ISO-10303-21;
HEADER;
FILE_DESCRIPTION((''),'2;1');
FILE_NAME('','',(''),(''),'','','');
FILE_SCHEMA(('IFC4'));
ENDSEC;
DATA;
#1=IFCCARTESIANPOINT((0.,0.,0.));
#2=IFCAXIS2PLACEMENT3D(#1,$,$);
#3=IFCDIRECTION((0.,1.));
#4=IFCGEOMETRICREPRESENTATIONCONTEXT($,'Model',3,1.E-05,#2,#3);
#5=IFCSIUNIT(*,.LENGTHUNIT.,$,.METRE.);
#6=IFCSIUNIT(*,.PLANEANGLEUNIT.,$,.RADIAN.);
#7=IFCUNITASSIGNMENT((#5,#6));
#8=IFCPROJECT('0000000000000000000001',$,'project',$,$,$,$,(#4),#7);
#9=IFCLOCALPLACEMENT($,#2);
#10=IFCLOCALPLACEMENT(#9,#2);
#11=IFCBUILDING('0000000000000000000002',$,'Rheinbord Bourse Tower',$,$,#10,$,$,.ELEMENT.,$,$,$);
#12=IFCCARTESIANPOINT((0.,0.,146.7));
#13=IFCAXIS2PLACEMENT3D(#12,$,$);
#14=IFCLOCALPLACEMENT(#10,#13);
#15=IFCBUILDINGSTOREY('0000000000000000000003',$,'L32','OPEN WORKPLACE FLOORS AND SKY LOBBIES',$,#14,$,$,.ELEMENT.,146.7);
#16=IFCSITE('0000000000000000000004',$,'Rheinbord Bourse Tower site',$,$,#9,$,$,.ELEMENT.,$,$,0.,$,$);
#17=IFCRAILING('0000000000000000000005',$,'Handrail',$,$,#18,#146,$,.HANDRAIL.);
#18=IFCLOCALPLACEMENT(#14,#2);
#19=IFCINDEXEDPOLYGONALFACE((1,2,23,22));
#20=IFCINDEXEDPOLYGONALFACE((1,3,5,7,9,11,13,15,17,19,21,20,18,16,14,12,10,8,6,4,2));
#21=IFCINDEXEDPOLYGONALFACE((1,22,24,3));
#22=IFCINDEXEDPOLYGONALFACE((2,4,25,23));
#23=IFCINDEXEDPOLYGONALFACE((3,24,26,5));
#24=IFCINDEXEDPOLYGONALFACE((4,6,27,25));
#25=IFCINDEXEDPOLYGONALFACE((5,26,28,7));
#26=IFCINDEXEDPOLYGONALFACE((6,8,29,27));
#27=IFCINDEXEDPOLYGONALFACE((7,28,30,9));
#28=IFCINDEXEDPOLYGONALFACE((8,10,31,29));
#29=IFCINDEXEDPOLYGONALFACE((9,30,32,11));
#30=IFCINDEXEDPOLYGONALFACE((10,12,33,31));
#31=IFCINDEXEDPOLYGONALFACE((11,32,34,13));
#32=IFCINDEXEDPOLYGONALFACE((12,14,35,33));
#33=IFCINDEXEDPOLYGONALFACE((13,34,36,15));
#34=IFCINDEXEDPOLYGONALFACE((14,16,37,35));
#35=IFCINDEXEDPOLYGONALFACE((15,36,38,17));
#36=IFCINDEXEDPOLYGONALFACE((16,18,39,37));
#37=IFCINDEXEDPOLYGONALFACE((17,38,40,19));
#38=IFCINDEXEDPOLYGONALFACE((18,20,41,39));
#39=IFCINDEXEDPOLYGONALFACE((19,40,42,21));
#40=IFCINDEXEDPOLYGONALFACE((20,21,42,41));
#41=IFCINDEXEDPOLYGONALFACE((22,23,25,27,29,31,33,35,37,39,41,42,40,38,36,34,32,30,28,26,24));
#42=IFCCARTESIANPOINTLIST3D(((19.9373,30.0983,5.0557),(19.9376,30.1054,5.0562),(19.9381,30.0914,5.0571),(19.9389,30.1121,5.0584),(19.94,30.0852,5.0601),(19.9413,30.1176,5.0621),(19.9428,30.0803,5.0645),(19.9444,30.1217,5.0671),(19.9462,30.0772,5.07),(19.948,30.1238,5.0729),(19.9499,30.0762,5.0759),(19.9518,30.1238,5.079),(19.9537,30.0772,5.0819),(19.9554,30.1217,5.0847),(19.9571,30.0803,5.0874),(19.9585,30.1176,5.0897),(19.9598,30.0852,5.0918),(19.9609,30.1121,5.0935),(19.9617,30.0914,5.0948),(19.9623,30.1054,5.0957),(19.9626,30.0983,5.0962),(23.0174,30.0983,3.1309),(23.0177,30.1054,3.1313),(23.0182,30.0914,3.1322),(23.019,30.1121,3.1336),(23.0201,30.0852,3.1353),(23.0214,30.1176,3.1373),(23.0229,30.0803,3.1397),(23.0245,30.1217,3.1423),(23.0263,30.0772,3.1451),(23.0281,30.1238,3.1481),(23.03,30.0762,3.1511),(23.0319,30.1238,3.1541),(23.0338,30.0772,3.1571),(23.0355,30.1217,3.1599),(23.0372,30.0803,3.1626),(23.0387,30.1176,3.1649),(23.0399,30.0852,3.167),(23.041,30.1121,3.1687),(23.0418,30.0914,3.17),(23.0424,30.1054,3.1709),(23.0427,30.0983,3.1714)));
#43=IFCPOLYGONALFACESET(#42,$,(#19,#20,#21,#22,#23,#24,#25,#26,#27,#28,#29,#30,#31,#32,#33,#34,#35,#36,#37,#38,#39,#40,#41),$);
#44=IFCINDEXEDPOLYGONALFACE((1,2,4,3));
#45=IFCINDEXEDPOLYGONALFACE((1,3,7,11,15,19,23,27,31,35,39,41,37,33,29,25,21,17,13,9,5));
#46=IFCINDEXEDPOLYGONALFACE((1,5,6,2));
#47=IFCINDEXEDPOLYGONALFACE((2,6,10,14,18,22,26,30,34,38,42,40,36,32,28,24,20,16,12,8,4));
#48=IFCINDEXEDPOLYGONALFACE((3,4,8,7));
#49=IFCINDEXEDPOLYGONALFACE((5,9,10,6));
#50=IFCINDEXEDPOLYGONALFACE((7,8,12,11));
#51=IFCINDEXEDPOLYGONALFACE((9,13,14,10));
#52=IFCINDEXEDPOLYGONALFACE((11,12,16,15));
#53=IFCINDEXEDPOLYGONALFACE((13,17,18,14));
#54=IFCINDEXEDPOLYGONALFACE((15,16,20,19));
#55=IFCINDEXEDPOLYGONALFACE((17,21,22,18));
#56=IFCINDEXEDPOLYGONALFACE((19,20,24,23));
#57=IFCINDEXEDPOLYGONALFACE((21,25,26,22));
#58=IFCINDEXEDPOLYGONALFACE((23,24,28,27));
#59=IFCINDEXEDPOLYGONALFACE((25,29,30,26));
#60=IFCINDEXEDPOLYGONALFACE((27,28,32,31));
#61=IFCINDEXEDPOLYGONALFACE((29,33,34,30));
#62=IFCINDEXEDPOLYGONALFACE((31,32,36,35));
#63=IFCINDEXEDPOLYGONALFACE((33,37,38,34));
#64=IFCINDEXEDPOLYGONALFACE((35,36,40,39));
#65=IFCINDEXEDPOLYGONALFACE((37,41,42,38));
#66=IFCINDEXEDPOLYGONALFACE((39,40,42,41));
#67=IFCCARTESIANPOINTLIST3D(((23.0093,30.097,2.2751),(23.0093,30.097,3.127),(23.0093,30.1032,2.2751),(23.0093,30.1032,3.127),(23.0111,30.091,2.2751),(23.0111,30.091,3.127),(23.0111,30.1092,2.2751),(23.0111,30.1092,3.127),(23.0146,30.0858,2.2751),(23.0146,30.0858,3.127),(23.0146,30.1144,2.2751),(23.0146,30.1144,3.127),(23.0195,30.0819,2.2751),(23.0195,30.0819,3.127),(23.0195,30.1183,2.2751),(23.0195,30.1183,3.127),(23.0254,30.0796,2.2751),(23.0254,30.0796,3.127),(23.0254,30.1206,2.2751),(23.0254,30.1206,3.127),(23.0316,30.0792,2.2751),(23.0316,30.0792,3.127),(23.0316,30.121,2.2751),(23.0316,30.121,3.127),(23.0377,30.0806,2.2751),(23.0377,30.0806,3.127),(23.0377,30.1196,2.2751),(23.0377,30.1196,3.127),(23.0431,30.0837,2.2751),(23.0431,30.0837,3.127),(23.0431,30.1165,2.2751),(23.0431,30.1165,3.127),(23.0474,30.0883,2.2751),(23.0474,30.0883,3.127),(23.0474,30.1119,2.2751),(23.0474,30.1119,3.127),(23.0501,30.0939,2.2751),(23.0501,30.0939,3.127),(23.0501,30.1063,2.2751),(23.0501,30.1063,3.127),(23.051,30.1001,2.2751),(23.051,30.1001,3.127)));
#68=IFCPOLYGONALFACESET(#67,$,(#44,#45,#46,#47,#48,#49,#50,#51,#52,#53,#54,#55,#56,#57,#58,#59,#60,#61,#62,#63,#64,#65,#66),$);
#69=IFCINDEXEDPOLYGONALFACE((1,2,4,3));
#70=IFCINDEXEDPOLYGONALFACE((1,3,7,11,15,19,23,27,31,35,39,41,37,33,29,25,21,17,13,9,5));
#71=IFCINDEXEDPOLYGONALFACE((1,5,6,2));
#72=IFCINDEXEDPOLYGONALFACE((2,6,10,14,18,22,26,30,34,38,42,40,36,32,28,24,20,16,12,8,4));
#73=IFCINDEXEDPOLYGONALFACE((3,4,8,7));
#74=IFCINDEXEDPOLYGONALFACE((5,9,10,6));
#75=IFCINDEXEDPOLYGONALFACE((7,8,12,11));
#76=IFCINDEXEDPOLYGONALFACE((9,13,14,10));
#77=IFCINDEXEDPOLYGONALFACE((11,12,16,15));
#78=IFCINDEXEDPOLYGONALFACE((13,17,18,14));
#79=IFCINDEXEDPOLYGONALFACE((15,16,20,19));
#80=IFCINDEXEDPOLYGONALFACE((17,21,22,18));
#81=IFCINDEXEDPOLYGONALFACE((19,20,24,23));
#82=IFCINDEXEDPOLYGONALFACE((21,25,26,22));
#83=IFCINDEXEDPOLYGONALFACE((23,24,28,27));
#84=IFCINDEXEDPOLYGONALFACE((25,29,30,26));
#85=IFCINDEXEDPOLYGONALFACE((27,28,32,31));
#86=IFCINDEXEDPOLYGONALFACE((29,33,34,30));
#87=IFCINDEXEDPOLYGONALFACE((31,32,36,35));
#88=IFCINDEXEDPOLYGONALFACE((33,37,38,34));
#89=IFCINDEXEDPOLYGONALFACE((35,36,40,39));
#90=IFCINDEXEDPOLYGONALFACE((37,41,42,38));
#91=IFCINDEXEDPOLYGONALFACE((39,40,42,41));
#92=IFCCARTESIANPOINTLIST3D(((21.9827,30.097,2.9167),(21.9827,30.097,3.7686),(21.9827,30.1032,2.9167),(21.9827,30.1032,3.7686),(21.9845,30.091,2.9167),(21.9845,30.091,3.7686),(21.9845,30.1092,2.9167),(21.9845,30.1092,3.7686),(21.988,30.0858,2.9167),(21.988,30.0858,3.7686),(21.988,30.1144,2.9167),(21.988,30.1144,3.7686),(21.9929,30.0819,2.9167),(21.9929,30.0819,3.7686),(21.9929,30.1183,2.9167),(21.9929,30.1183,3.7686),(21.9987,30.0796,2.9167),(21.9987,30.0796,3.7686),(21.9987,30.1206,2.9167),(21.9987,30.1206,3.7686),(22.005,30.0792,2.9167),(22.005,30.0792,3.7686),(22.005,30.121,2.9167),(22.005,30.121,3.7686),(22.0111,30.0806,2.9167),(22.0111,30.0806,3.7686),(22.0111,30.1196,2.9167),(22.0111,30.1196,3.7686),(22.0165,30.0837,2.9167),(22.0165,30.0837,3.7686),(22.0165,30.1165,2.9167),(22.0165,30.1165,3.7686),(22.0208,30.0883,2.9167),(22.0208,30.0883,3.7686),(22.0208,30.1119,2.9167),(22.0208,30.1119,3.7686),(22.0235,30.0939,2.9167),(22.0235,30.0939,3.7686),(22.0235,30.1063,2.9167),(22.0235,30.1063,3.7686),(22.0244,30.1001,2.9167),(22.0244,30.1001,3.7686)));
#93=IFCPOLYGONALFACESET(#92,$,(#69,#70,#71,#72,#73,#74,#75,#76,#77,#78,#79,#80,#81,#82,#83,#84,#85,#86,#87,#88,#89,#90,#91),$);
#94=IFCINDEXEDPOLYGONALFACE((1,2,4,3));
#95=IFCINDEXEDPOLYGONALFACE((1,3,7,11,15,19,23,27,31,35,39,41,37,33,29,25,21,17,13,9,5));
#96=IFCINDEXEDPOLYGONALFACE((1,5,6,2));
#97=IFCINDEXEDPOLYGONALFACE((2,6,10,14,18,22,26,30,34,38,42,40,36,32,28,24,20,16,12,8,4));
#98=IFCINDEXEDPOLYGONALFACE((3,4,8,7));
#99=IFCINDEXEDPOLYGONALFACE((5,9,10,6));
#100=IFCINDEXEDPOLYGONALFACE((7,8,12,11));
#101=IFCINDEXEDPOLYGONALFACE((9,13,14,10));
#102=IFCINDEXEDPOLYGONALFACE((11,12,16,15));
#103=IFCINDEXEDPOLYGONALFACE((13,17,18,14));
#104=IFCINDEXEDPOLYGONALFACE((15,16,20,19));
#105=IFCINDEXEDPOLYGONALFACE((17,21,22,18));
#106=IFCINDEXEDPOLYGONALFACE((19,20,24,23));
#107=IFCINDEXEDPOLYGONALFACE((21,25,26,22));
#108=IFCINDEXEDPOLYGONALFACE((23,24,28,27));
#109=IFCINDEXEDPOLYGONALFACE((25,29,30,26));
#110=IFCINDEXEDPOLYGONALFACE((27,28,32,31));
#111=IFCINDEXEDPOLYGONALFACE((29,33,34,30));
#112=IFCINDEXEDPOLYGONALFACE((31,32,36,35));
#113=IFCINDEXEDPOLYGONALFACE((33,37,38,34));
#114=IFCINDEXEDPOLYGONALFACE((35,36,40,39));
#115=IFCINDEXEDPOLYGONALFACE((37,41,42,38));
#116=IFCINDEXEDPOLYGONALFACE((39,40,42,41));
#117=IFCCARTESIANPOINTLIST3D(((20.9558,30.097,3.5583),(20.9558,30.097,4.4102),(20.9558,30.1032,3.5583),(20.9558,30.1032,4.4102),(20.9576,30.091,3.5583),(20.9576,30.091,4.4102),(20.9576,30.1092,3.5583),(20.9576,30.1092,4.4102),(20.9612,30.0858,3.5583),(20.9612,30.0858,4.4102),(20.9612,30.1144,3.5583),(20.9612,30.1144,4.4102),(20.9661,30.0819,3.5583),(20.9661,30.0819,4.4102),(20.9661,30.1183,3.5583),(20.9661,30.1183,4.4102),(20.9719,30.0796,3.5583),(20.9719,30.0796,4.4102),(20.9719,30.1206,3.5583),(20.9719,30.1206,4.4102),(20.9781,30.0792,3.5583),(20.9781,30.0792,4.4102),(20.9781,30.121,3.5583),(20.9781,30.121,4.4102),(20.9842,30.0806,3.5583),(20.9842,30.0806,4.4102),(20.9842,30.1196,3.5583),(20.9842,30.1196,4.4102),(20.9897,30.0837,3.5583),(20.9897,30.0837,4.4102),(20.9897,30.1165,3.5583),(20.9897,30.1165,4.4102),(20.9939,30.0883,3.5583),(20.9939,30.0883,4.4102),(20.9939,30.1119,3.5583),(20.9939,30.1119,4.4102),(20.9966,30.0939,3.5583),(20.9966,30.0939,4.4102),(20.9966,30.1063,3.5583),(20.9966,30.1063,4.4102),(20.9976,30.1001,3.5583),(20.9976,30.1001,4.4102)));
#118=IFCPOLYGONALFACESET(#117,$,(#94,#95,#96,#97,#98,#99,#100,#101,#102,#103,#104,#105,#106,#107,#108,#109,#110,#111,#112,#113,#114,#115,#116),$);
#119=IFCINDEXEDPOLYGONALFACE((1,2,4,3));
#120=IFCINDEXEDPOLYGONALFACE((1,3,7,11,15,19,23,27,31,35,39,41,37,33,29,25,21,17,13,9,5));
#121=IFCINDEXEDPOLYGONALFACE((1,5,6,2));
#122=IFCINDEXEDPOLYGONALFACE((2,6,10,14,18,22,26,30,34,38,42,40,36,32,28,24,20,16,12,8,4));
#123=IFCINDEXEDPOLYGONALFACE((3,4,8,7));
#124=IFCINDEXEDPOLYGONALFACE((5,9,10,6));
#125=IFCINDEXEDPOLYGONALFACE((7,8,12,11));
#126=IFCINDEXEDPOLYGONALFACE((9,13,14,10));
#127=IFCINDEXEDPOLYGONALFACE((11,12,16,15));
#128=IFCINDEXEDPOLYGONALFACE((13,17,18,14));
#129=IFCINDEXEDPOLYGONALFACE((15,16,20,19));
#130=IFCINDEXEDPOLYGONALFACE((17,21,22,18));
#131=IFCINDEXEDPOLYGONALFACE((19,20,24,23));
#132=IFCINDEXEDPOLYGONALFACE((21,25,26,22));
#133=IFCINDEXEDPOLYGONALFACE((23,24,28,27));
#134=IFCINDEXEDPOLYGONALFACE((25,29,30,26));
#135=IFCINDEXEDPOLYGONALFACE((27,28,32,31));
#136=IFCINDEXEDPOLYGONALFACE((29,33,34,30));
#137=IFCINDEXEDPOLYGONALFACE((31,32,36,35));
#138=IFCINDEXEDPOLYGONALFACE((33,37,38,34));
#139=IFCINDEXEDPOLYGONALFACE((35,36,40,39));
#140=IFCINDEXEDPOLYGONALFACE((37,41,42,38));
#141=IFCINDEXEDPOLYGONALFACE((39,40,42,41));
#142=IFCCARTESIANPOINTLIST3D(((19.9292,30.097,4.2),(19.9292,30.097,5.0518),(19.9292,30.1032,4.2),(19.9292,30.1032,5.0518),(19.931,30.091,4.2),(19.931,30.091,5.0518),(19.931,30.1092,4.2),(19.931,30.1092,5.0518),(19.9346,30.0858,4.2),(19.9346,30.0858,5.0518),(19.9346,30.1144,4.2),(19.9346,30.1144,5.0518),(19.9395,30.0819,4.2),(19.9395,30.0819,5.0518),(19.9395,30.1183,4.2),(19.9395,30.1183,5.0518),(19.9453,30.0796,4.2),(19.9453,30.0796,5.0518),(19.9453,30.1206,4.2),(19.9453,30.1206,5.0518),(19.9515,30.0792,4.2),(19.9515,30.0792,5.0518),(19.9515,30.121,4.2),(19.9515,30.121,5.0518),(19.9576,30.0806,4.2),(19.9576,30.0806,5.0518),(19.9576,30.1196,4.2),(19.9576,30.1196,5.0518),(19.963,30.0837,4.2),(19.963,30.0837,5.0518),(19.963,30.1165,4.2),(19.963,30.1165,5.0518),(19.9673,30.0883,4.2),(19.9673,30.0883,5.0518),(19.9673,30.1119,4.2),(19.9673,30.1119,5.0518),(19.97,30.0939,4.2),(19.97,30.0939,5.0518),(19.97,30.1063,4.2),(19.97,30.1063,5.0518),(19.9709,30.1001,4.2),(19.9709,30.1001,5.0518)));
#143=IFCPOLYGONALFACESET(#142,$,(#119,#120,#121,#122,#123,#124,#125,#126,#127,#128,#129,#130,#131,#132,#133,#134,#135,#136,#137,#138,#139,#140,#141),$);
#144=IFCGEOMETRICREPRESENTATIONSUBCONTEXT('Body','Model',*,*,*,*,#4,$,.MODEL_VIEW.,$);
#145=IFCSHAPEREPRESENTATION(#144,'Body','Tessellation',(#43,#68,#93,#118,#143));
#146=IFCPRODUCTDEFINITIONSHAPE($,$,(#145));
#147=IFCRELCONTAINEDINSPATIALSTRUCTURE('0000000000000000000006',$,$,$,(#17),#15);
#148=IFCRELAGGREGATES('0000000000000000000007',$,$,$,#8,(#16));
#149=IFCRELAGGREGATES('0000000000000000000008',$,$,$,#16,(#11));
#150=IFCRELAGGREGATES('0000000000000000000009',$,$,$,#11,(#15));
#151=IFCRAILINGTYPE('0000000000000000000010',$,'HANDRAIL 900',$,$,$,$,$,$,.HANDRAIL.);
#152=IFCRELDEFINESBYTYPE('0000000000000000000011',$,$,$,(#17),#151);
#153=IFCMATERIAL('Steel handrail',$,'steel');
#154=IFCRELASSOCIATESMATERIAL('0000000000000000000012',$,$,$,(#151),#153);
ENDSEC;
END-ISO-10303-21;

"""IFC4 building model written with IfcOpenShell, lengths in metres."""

from ifc_helpers import new_model, si_unit, direction, frame, origin, origin_2d, place, context, subcontext, project, spatial, circle, extrude, material, type_object, element, save


model = new_model("IFC4")

# Units and contexts
model_context = context("Model", 3, precision=1e-05, world=origin(), true_north=direction((0.0, 1.0)))
body_context = subcontext(model_context, "Body", "Model", "MODEL_VIEW")
ifc_project = project(units=[si_unit("LENGTHUNIT", "METRE"), si_unit("PLANEANGLEUNIT", "RADIAN")], contexts=[model_context])

# Site, building, storey
site_placement = place(None, origin())
site = spatial("IfcSite", under=ifc_project, at=site_placement, Name="Rheinbord Bourse Tower site", CompositionType="ELEMENT", RefElevation=0.0)
building_placement = place(site_placement, origin())
building = spatial("IfcBuilding", under=site, at=building_placement, Name="Rheinbord Bourse Tower", CompositionType="ELEMENT")
storey_placement = place(building_placement, frame((0.0, 0.0, 146.7)))
storey = spatial("IfcBuildingStorey", under=building, at=storey_placement, Name="L32", Description="OPEN WORKPLACE FLOORS AND SKY LOBBIES", CompositionType="ELEMENT", Elevation=146.7)

# Railing
ifc_material_1 = material(Name="Steel handrail", Category="steel")
railing_type = type_object("IfcRailingType", Name="HANDRAIL 900", PredefinedType="HANDRAIL", material=ifc_material_1)
railing_1_placement = place(storey_placement, frame((23.03, 30.1001, 2.2751)))
element("IfcRailing", 1, at=railing_1_placement, inside=storey, type_object=railing_type, Name="Handrail", PredefinedType="HANDRAIL", context=body_context, shape_type="SweptSolid", body=[
    extrude(circle(Radius=0.0239, at=origin_2d()), frame((0.0, 0.0, 0.876), z_axis=(-0.848029, 0.0, 0.529951), x_axis=(0.0, -1.0, 0.0)), (0.0, 0.0, 1.0), 3.6321),
    extrude(circle(Radius=0.021, at=origin_2d()), origin(), (0.0, 0.0, 1.0), 0.8518),
    extrude(circle(Radius=0.021, at=origin_2d()), frame((-1.0266, 0.0, 0.6416)), (0.0, 0.0, 1.0), 0.8518),
    extrude(circle(Radius=0.021, at=origin_2d()), frame((-2.0535, 0.0, 1.2832)), (0.0, 0.0, 1.0), 0.8518),
    extrude(circle(Radius=0.021, at=origin_2d()), frame((-3.0801, 0.0, 1.9248)), (0.0, 0.0, 1.0), 0.8518),
])

save(model, "model.ifc")
